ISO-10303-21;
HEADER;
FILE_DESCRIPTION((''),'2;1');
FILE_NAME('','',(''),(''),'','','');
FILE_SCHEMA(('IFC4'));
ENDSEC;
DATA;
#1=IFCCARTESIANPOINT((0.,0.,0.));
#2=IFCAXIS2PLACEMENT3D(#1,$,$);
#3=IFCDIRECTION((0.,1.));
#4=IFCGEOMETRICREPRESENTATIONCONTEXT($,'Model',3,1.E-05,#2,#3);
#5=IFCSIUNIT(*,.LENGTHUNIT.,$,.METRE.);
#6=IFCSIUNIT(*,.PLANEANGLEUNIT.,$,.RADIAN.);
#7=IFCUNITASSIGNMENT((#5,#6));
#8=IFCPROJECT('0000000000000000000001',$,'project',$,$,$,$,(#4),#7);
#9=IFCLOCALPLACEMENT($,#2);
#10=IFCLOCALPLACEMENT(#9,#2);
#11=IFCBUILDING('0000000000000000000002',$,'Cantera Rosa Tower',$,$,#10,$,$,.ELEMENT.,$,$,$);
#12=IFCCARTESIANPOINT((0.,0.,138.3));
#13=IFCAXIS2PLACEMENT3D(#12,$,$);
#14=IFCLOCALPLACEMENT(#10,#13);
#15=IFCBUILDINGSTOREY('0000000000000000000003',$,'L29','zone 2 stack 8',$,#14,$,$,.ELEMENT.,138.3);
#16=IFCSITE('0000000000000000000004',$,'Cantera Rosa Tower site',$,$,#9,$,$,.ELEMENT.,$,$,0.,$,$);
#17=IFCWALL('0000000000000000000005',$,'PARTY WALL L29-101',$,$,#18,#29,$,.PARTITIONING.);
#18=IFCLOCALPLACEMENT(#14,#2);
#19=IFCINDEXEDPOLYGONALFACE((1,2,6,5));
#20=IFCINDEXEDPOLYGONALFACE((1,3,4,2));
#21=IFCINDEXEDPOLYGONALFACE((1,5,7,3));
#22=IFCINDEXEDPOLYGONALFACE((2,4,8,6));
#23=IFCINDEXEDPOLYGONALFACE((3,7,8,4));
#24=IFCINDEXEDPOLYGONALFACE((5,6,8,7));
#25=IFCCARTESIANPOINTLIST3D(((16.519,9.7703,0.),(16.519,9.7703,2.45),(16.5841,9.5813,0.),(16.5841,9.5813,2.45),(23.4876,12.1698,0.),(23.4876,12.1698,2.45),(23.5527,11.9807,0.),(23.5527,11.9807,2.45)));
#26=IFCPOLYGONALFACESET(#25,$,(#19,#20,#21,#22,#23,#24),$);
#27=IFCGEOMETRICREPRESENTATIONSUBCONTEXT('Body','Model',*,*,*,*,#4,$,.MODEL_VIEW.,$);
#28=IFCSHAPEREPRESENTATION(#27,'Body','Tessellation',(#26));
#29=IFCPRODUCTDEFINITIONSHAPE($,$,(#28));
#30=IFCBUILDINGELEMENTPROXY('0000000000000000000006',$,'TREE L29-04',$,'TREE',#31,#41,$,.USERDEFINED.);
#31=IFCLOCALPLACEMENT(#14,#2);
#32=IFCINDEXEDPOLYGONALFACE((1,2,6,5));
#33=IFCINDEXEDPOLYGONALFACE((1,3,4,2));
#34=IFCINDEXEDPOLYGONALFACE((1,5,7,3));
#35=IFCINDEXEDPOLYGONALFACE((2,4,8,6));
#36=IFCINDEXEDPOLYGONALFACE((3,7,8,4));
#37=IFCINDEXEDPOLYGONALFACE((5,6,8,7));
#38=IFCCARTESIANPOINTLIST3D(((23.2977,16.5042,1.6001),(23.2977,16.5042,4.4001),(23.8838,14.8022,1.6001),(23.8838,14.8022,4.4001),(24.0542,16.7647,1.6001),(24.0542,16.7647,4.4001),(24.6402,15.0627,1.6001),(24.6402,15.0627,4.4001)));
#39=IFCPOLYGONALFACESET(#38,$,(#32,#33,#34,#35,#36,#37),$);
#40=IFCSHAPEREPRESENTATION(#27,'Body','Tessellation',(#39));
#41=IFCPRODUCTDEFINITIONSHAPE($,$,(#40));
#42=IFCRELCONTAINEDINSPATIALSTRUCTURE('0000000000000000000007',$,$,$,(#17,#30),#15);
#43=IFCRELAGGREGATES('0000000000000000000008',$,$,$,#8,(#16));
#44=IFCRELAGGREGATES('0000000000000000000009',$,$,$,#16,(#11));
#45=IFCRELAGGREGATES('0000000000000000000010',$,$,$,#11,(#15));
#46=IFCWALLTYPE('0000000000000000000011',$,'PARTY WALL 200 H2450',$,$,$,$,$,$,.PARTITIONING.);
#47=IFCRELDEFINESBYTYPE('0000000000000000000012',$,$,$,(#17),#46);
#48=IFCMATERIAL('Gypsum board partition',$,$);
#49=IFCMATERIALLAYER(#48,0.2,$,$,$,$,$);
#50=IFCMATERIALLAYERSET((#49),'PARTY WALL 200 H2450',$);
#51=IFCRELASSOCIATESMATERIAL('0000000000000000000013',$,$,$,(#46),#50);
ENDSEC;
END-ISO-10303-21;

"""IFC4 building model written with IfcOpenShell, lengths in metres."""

from ifc_helpers import new_model, si_unit, direction, frame, frame_2d, origin, origin_2d, place, context, subcontext, project, spatial, rectangle, extrude, material, layer, layer_set, type_object, element, save


model = new_model("IFC4")

# Units and contexts
model_context = context("Model", 3, precision=1e-05, world=origin(), true_north=direction((0.0, 1.0)))
body_context = subcontext(model_context, "Body", "Model", "MODEL_VIEW")
ifc_project = project(units=[si_unit("LENGTHUNIT", "METRE"), si_unit("PLANEANGLEUNIT", "RADIAN")], contexts=[model_context])

# Site, building, storey
site_placement = place(None, origin())
site = spatial("IfcSite", under=ifc_project, at=site_placement, Name="Cantera Rosa Tower site", CompositionType="ELEMENT", RefElevation=0.0)
building_placement = place(site_placement, origin())
building = spatial("IfcBuilding", under=site, at=building_placement, Name="Cantera Rosa Tower", CompositionType="ELEMENT")
storey_placement = place(building_placement, frame((0.0, 0.0, 138.3)))
storey = spatial("IfcBuildingStorey", under=building, at=storey_placement, Name="L29", Description="zone 2 stack 8", CompositionType="ELEMENT", Elevation=138.3)

# Wall
ifc_material_1 = material(Name="Gypsum board partition")
ifc_layer_1 = layer(ifc_material_1, 0.2)
ifc_layer_set_1 = layer_set([ifc_layer_1], Name="PARTY WALL 200 H2450")
wall_type_1 = type_object("IfcWallType", Name="PARTY WALL 200 H2450", PredefinedType="PARTITIONING", material=ifc_layer_set_1)
wall_1_placement = place(storey_placement, frame((16.5515, 9.6758, 0.0), z_axis=(0.0, 0.0, 1.0), x_axis=(0.94552, 0.325564, 0.0)))
element("IfcWall", 1, at=wall_1_placement, inside=storey, type_object=wall_type_1, Name="PARTY WALL L29-101", PredefinedType="PARTITIONING", context=body_context, shape_type="SweptSolid", body=[
    extrude(rectangle(XDim=7.3701, YDim=0.2, at=frame_2d((3.6851, 0.0))), origin(), (0.0, 0.0, 1.0), 2.45),
])

# Building element proxy
proxy_placement = place(storey_placement, frame((23.969, 15.7834, 1.6001), z_axis=(0.0, 0.0, 1.0), x_axis=(-0.325568, 0.945519, 0.0)))
element("IfcBuildingElementProxy", 2, at=proxy_placement, inside=storey, Name="TREE L29-04", ObjectType="TREE", PredefinedType="USERDEFINED", context=body_context, shape_type="SweptSolid", body=[
    extrude(rectangle(XDim=1.8, YDim=0.8, at=origin_2d()), origin(), (0.0, 0.0, 1.0), 2.8),
])

save(model, "model.ifc")
